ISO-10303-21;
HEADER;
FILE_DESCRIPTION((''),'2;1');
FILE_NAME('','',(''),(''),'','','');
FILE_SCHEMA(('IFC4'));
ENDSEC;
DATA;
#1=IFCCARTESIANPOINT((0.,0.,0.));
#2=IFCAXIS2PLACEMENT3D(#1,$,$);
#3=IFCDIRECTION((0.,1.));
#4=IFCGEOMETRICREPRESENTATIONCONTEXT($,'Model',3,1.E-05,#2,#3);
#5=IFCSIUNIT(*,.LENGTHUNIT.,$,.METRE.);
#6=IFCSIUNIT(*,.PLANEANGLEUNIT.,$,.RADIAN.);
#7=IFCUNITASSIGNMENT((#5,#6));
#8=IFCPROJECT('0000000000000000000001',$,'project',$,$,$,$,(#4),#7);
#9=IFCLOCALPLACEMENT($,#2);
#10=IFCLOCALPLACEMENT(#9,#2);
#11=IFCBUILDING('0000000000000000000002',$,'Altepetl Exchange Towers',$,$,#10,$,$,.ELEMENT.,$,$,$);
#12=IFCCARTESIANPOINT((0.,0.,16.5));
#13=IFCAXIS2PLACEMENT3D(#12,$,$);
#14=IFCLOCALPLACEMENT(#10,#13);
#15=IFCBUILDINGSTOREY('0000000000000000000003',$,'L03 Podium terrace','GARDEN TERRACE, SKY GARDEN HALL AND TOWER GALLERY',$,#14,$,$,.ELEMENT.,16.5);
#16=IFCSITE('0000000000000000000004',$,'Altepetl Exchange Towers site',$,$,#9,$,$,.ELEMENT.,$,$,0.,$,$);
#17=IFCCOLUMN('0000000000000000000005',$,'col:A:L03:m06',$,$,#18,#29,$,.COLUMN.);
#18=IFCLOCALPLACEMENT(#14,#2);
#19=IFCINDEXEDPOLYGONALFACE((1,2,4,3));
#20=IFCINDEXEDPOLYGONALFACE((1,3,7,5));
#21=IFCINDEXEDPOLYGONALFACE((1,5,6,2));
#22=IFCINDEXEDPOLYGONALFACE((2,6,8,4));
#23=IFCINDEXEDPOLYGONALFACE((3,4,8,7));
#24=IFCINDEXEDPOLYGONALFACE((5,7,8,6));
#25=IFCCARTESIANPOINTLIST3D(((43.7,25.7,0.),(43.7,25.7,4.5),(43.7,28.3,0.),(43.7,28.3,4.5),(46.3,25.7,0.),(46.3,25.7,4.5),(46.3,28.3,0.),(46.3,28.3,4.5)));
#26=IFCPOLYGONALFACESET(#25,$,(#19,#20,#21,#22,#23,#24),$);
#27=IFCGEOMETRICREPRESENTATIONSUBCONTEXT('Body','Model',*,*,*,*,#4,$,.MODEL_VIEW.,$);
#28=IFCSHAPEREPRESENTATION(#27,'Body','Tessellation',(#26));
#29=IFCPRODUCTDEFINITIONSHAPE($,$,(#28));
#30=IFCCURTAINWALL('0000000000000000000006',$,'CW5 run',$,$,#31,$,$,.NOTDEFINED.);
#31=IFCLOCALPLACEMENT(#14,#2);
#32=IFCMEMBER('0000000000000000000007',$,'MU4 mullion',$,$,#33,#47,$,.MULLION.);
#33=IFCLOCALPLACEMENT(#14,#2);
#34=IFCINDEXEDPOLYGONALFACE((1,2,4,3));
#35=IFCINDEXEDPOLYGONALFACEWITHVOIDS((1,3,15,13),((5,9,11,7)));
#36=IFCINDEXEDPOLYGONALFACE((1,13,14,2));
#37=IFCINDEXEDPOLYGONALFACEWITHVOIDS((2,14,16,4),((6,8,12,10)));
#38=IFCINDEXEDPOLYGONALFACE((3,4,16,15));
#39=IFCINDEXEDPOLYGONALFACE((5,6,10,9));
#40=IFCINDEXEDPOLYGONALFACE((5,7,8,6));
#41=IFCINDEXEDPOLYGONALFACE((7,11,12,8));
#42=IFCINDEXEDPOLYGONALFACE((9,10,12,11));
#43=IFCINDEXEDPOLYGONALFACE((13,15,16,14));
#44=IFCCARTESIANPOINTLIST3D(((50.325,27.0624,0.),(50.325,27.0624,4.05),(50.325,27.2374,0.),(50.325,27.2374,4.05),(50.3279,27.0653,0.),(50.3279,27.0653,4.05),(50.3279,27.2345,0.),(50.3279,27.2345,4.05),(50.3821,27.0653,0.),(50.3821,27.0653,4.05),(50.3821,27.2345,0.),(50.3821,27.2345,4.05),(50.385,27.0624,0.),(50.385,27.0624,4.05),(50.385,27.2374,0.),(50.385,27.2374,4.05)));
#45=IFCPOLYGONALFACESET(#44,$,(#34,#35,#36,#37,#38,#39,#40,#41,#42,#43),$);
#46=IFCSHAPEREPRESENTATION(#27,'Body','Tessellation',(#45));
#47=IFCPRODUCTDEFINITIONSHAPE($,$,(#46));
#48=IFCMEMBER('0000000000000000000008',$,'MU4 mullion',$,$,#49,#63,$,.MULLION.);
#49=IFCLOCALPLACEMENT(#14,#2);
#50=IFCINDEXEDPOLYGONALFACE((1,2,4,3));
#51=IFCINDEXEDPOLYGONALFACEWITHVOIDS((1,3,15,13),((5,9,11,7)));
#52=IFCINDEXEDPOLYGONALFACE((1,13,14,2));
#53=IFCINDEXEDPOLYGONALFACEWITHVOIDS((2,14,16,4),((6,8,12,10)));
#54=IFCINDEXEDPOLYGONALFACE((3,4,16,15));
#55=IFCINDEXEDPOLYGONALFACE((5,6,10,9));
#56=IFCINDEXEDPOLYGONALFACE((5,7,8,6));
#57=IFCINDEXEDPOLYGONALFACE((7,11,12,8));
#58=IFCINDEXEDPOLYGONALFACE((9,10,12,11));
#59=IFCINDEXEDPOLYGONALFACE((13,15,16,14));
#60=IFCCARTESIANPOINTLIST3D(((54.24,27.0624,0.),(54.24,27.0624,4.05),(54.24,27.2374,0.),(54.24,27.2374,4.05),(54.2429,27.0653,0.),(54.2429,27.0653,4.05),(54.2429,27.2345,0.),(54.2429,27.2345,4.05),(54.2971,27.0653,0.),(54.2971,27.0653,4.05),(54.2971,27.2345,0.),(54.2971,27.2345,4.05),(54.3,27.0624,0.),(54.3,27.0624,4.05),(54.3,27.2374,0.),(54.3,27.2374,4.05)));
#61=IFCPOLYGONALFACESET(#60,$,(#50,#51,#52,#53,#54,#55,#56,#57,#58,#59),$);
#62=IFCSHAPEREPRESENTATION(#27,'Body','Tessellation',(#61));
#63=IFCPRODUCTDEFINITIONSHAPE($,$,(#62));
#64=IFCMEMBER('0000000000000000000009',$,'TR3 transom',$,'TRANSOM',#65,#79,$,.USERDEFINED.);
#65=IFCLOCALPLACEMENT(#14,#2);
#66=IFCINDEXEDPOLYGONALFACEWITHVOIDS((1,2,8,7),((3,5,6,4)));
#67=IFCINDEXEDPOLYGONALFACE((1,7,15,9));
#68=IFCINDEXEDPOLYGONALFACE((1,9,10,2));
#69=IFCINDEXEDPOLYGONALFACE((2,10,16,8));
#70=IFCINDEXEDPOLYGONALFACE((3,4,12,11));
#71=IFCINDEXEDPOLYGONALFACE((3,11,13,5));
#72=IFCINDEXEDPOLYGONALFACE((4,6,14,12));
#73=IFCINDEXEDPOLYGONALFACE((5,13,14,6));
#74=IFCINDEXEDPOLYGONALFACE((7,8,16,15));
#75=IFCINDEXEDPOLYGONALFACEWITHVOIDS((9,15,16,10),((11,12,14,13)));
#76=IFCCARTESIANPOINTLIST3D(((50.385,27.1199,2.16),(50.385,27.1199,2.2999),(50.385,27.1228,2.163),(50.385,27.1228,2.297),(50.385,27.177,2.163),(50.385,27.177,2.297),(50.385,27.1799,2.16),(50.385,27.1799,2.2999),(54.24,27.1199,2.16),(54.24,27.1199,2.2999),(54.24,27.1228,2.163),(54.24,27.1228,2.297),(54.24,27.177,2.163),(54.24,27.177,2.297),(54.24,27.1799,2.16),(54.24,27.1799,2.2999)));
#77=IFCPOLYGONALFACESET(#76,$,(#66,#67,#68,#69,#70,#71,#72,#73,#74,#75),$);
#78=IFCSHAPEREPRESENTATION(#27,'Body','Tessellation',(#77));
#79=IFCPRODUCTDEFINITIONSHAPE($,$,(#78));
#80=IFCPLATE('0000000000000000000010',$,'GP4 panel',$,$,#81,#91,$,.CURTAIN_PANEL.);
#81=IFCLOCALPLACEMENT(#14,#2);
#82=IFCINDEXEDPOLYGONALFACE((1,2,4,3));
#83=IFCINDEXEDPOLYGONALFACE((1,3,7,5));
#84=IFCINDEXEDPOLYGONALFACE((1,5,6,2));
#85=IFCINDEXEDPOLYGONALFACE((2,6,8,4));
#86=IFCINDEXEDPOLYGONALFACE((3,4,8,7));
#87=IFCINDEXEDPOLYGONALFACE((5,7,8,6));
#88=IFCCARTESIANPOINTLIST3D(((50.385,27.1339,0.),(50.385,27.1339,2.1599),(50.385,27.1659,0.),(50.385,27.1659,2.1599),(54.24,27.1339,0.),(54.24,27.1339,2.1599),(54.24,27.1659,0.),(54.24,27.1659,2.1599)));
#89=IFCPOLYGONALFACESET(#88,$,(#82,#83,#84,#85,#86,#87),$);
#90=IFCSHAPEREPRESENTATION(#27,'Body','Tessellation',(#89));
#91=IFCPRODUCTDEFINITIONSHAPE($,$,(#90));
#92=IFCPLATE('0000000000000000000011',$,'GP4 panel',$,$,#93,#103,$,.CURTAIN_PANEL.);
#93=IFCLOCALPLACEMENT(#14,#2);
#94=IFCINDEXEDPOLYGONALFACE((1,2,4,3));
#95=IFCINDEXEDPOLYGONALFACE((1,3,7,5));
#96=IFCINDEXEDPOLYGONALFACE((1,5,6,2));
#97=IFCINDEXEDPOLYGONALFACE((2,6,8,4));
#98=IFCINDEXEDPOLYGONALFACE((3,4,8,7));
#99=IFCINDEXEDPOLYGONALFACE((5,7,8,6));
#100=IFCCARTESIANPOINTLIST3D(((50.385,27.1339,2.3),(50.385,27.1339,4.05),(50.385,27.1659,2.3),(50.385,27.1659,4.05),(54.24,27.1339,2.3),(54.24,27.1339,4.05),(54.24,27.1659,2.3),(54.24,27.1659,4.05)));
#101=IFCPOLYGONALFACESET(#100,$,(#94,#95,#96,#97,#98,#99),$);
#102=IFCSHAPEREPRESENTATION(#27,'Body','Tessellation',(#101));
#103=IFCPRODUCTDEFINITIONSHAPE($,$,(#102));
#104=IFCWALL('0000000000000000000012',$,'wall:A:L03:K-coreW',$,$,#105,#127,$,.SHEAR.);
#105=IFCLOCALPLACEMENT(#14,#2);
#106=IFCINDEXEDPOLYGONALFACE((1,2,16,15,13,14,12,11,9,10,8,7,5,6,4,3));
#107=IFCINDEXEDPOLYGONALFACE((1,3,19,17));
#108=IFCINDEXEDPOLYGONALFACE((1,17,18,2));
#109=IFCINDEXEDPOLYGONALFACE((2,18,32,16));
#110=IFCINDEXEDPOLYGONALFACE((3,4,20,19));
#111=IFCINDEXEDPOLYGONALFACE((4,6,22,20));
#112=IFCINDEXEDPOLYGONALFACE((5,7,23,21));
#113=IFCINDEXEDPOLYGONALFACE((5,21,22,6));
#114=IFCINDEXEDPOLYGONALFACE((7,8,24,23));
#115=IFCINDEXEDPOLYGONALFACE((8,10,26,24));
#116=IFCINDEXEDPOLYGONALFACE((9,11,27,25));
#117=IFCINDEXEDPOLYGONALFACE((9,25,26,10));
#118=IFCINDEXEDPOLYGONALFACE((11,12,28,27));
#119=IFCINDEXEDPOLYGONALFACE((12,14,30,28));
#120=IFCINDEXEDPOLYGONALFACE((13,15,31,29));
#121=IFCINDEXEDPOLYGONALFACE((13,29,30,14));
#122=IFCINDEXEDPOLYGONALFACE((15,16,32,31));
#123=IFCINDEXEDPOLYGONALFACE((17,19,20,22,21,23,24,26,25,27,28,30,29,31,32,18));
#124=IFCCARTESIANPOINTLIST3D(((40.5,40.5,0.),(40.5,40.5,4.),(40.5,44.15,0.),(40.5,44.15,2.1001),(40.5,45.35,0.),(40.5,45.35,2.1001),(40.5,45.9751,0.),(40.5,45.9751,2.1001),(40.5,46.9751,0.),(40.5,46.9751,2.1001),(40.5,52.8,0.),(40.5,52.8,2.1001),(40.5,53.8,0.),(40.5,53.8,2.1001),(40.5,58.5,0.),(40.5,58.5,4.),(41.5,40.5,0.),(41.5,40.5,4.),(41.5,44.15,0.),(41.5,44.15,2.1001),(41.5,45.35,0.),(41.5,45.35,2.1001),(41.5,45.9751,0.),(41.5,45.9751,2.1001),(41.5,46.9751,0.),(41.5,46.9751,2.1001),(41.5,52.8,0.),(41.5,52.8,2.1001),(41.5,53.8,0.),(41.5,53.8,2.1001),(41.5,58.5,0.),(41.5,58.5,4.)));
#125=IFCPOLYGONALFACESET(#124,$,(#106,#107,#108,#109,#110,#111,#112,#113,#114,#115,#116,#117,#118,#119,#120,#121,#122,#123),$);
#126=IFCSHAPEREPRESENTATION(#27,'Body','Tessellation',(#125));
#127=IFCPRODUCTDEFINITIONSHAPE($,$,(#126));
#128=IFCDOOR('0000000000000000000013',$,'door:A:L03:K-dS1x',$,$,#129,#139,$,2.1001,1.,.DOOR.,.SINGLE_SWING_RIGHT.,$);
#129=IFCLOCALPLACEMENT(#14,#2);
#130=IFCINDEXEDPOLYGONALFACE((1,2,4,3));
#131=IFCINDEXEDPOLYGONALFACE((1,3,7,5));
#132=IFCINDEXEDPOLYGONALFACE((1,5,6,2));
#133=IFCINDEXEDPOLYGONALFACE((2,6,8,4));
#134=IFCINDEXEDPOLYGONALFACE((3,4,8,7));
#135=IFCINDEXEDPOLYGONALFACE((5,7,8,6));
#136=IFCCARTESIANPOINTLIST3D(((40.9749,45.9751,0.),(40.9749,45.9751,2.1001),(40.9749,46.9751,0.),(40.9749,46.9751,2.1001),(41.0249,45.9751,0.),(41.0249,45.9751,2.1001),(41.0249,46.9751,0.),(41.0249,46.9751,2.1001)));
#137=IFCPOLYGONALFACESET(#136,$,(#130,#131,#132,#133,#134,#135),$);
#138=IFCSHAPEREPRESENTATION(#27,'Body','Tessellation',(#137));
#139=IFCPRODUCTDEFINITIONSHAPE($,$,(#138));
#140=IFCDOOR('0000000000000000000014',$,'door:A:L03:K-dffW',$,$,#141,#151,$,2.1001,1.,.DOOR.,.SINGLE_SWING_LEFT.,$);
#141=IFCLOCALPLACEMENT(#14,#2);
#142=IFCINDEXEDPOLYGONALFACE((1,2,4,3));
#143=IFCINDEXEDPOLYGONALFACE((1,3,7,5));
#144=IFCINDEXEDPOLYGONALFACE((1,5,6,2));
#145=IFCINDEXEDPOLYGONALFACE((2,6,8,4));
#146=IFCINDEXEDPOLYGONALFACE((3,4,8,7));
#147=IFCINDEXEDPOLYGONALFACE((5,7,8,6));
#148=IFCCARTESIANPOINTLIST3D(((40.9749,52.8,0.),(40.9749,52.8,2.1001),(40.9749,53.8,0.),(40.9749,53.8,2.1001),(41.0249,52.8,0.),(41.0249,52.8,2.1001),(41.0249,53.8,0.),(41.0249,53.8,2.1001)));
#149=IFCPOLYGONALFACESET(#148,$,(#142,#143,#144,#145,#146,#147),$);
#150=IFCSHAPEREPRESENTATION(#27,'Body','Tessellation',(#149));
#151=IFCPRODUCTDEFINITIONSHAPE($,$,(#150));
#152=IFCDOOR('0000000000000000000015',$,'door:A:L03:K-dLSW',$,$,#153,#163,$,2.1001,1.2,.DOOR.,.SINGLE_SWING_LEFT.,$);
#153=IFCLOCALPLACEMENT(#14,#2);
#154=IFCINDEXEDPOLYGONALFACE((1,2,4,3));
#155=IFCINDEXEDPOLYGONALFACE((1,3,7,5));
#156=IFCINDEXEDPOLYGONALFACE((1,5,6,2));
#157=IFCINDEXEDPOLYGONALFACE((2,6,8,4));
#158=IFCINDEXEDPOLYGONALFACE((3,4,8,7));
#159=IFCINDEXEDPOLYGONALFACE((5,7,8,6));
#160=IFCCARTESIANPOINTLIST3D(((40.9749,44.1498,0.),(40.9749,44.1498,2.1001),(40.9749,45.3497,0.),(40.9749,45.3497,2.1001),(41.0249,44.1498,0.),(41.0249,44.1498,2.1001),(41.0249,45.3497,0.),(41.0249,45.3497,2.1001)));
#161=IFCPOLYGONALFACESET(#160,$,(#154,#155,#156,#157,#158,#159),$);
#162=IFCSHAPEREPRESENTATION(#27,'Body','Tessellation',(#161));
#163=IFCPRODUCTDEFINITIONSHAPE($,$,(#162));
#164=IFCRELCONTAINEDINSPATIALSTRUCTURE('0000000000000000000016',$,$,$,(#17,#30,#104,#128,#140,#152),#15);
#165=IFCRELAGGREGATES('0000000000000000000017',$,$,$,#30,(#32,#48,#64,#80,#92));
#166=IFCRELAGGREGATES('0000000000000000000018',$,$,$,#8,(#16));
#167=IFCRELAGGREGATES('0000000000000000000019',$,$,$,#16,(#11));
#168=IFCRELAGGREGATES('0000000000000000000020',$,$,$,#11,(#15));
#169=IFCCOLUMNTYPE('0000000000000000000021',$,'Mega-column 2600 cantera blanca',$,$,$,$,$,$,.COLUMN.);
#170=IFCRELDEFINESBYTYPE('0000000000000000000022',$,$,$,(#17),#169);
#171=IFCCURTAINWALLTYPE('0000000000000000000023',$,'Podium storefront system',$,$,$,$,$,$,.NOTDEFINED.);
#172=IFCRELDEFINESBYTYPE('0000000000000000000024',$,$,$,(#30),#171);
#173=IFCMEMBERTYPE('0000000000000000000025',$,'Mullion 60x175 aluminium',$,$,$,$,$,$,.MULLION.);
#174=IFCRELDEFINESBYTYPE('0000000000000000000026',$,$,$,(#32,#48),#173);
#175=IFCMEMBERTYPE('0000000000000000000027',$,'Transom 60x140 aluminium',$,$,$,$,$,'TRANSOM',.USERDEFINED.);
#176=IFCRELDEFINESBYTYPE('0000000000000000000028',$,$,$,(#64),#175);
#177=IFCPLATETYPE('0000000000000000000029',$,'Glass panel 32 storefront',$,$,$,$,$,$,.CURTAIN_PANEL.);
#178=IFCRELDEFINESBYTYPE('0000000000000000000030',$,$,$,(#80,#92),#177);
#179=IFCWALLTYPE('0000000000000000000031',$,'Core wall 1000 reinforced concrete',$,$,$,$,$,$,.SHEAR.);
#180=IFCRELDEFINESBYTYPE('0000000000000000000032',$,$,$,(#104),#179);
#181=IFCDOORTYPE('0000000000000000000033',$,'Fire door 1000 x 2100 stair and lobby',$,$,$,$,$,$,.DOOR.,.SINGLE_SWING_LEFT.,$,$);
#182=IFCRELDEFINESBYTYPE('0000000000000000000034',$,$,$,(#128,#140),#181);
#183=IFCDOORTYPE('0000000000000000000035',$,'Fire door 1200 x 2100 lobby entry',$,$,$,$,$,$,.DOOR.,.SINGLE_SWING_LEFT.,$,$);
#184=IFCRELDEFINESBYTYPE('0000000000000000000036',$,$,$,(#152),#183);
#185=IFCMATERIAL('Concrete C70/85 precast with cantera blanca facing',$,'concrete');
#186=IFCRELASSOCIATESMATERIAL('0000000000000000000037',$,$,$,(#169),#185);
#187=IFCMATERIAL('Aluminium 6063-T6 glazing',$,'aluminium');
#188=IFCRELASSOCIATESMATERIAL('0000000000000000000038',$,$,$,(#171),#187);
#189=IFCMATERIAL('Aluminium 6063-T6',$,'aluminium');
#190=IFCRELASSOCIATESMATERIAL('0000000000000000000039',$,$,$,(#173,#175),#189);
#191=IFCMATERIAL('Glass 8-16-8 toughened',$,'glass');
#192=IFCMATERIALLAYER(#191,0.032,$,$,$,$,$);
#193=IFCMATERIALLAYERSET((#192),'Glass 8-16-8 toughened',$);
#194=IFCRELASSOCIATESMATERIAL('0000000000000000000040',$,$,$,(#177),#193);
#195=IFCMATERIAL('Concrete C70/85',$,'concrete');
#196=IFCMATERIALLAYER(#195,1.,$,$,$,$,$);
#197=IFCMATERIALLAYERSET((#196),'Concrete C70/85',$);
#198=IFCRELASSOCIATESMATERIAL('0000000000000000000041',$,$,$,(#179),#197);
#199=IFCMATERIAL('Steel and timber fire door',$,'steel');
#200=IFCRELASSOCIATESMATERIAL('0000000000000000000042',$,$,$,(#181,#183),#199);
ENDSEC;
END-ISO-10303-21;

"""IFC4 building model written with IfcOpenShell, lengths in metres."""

from ifc_helpers import new_model, si_unit, direction, frame, frame_2d, origin, origin_2d, place, context, subcontext, project, spatial, rectangle, hollow_rectangle, extrude, material, layer, layer_set, material_profile, profile_set, type_object, element, fill, aggregate, save


model = new_model("IFC4")

# Units and contexts
model_context = context("Model", 3, precision=1e-05, world=origin(), true_north=direction((0.0, 1.0)))
body_context = subcontext(model_context, "Body", "Model", "MODEL_VIEW")
ifc_project = project(units=[si_unit("LENGTHUNIT", "METRE"), si_unit("PLANEANGLEUNIT", "RADIAN")], contexts=[model_context])

# Site, building, storey
site_placement = place(None, origin())
site = spatial("IfcSite", under=ifc_project, at=site_placement, Name="Altepetl Exchange Towers site", CompositionType="ELEMENT", RefElevation=0.0)
building_placement = place(site_placement, origin())
building = spatial("IfcBuilding", under=site, at=building_placement, Name="Altepetl Exchange Towers", CompositionType="ELEMENT")
storey_placement = place(building_placement, frame((0.0, 0.0, 16.5)))
storey = spatial("IfcBuildingStorey", under=building, at=storey_placement, Name="L03 Podium terrace", Description="GARDEN TERRACE, SKY GARDEN HALL AND TOWER GALLERY", CompositionType="ELEMENT", Elevation=16.5)

# Column
ifc_material_1 = material(Name="Concrete C70/85 precast with cantera blanca facing", Category="concrete")
ifc_material_profile_1 = material_profile(ifc_material_1, rectangle(XDim=2.6001, YDim=2.6001, at=origin_2d()), Name="2600 x 2600")
ifc_profile_set_1 = profile_set([ifc_material_profile_1], Name="Concrete C70/85 precast with cantera blanca facing")
column_type = type_object("IfcColumnType", Name="Mega-column 2600 cantera blanca", PredefinedType="COLUMN", material=ifc_profile_set_1)
column_placement = place(storey_placement, frame((45.0, 27.0, 0.0)))
element("IfcColumn", 1, at=column_placement, inside=storey, type_object=column_type, Name="col:A:L03:m06", PredefinedType="COLUMN", context=body_context, shape_type="SweptSolid", body=[
    extrude(rectangle(XDim=2.6001, YDim=2.6001, at=origin_2d()), origin(), (0.0, 0.0, 1.0), 4.5),
])

# Curtain wall, members, plates
ifc_material_2 = material(Name="Aluminium 6063-T6 glazing", Category="aluminium")
curtain_wall_type = type_object("IfcCurtainWallType", Name="Podium storefront system", PredefinedType="NOTDEFINED", material=ifc_material_2)
curtain_wall_placement = place(storey_placement, origin())
curtain_wall = element("IfcCurtainWall", 2, at=curtain_wall_placement, inside=storey, type_object=curtain_wall_type, Name="CW5 run", PredefinedType="NOTDEFINED")
ifc_material_3 = material(Name="Aluminium 6063-T6", Category="aluminium")
ifc_material_profile_2 = material_profile(ifc_material_3, hollow_rectangle(XDim=0.0601, YDim=0.175, WallThickness=0.0029, at=origin_2d()), Name="Mullion 60x175 aluminium")
ifc_profile_set_2 = profile_set([ifc_material_profile_2], Name="Aluminium 6063-T6")
member_type_1 = type_object("IfcMemberType", Name="Mullion 60x175 aluminium", PredefinedType="MULLION", material=ifc_profile_set_2)
member_1_placement = place(storey_placement, frame((50.355, 27.1499, 0.0)))
member_1 = element("IfcMember", 3, at=member_1_placement, type_object=member_type_1, Name="MU4 mullion", PredefinedType="MULLION", context=body_context, shape_type="SweptSolid", body=[
    extrude(hollow_rectangle(XDim=0.0601, YDim=0.175, WallThickness=0.0029, at=origin_2d()), origin(), (0.0, 0.0, 1.0), 4.05),
])
member_2_placement = place(storey_placement, frame((54.27, 27.1499, 0.0)))
member_2 = element("IfcMember", 4, at=member_2_placement, type_object=member_type_1, Name="MU4 mullion", PredefinedType="MULLION", context=body_context, shape_type="SweptSolid", body=[
    extrude(hollow_rectangle(XDim=0.0601, YDim=0.175, WallThickness=0.0029, at=origin_2d()), origin(), (0.0, 0.0, 1.0), 4.05),
])
ifc_material_profile_3 = material_profile(ifc_material_3, hollow_rectangle(XDim=0.0601, YDim=0.1399, WallThickness=0.0029, at=origin_2d()), Name="Transom 60x140 aluminium")
ifc_profile_set_3 = profile_set([ifc_material_profile_3], Name="Aluminium 6063-T6")
member_type_2 = type_object("IfcMemberType", Name="Transom 60x140 aluminium", ElementType="TRANSOM", PredefinedType="USERDEFINED", material=ifc_profile_set_3)
member_3_placement = place(storey_placement, frame((50.385, 27.1499, 2.23), z_axis=(1.0, 0.0, 0.0), x_axis=(0.0, 1.0, 0.0)))
member_3 = element("IfcMember", 5, at=member_3_placement, type_object=member_type_2, Name="TR3 transom", ObjectType="TRANSOM", PredefinedType="USERDEFINED", context=body_context, shape_type="SweptSolid", body=[
    extrude(hollow_rectangle(XDim=0.0601, YDim=0.1399, WallThickness=0.0029, at=origin_2d()), origin(), (0.0, 0.0, 1.0), 3.855),
])
ifc_material_4 = material(Name="Glass 8-16-8 toughened", Category="glass")
ifc_layer_1 = layer(ifc_material_4, 0.032)
ifc_layer_set_1 = layer_set([ifc_layer_1], Name="Glass 8-16-8 toughened")
plate_type = type_object("IfcPlateType", Name="Glass panel 32 storefront", PredefinedType="CURTAIN_PANEL", material=ifc_layer_set_1)
plate_1_placement = place(storey_placement, frame((52.3125, 27.1499, 0.0)))
plate_1 = element("IfcPlate", 6, at=plate_1_placement, type_object=plate_type, Name="GP4 panel", PredefinedType="CURTAIN_PANEL", context=body_context, shape_type="SweptSolid", body=[
    extrude(rectangle(XDim=3.855, YDim=0.032, at=origin_2d()), origin(), (0.0, 0.0, 1.0), 2.1599),
])
plate_2_placement = place(storey_placement, frame((52.3125, 27.1499, 2.3)))
plate_2 = element("IfcPlate", 7, at=plate_2_placement, type_object=plate_type, Name="GP4 panel", PredefinedType="CURTAIN_PANEL", context=body_context, shape_type="SweptSolid", body=[
    extrude(rectangle(XDim=3.855, YDim=0.032, at=origin_2d()), origin(), (0.0, 0.0, 1.0), 1.75),
])
aggregate(curtain_wall, [member_1, member_2, member_3, plate_1, plate_2])

# Wall, openings, doors
ifc_material_5 = material(Name="Concrete C70/85", Category="concrete")
ifc_layer_2 = layer(ifc_material_5, 1.0)
ifc_layer_set_2 = layer_set([ifc_layer_2], Name="Concrete C70/85")
wall_type_1 = type_object("IfcWallType", Name="Core wall 1000 reinforced concrete", PredefinedType="SHEAR", material=ifc_layer_set_2)
wall_1_placement = place(storey_placement, frame((41.0, 40.5, 0.0), z_axis=(0.0, 0.0, 1.0), x_axis=(0.0, 1.0, 0.0)))
wall_1 = element("IfcWall", 8, at=wall_1_placement, inside=storey, type_object=wall_type_1, Name="wall:A:L03:K-coreW", PredefinedType="SHEAR", context=body_context, shape_type="SweptSolid", body=[
    extrude(rectangle(XDim=18.0, YDim=1.0, at=frame_2d((9.0, 0.0))), origin(), (0.0, 0.0, 1.0), 4.0),
])
opening_1_placement = place(wall_1_placement, frame((3.6499, 0.0, 0.0)))
opening_1 = element("IfcOpeningElement", 9, at=opening_1_placement, cuts=wall_1, PredefinedType="OPENING", context=body_context, shape_type="SweptSolid", body=[
    extrude(rectangle(XDim=1.2, YDim=2.1001, at=frame_2d((0.6001, 1.05))), frame((0.0, 0.51, 0.0), z_axis=(0.0, -1.0, 0.0), x_axis=(1.0, 0.0, 0.0)), (0.0, 0.0, 1.0), 1.02),
])
opening_2_placement = place(wall_1_placement, frame((5.4751, 0.0, 0.0)))
opening_2 = element("IfcOpeningElement", 10, at=opening_2_placement, cuts=wall_1, PredefinedType="OPENING", context=body_context, shape_type="SweptSolid", body=[
    extrude(rectangle(XDim=1.0, YDim=2.1001, at=frame_2d((0.5, 1.05))), frame((0.0, 0.51, 0.0), z_axis=(0.0, -1.0, 0.0), x_axis=(1.0, 0.0, 0.0)), (0.0, 0.0, 1.0), 1.02),
])
opening_3_placement = place(wall_1_placement, frame((12.3, 0.0, 0.0)))
opening_3 = element("IfcOpeningElement", 11, at=opening_3_placement, cuts=wall_1, PredefinedType="OPENING", context=body_context, shape_type="SweptSolid", body=[
    extrude(rectangle(XDim=1.0, YDim=2.1001, at=frame_2d((0.5, 1.05))), frame((0.0, 0.51, 0.0), z_axis=(0.0, -1.0, 0.0), x_axis=(1.0, 0.0, 0.0)), (0.0, 0.0, 1.0), 1.02),
])
ifc_material_6 = material(Name="Steel and timber fire door", Category="steel")
door_type_1 = type_object("IfcDoorType", Name="Fire door 1000 x 2100 stair and lobby", OperationType="SINGLE_SWING_LEFT", PredefinedType="DOOR", material=ifc_material_6)
door_1_placement = place(opening_2_placement, frame((1.0, 0.0, 0.0), x_axis=(-1.0, 0.0, 0.0)))
door_1 = element("IfcDoor", 12, at=door_1_placement, inside=storey, type_object=door_type_1, Name="door:A:L03:K-dS1x", OperationType="SINGLE_SWING_RIGHT", OverallHeight=2.1001, OverallWidth=1.0, PredefinedType="DOOR", context=body_context, shape_type="SweptSolid", body=[
    extrude(rectangle(XDim=1.0, YDim=2.1001, at=frame_2d((0.5, 1.05))), frame((0.0, 0.0249, 0.0), z_axis=(0.0, -1.0, 0.0), x_axis=(1.0, 0.0, 0.0)), (0.0, 0.0, 1.0), 0.05),
])
fill(opening_2, door_1)
door_2_placement = place(opening_3_placement, frame((1.0, 0.0, 0.0), x_axis=(-1.0, 0.0, 0.0)))
door_2 = element("IfcDoor", 13, at=door_2_placement, inside=storey, type_object=door_type_1, Name="door:A:L03:K-dffW", OperationType="SINGLE_SWING_LEFT", OverallHeight=2.1001, OverallWidth=1.0, PredefinedType="DOOR", context=body_context, shape_type="SweptSolid", body=[
    extrude(rectangle(XDim=1.0, YDim=2.1001, at=frame_2d((0.5, 1.05))), frame((0.0, 0.0249, 0.0), z_axis=(0.0, -1.0, 0.0), x_axis=(1.0, 0.0, 0.0)), (0.0, 0.0, 1.0), 0.05),
])
fill(opening_3, door_2)
door_type_2 = type_object("IfcDoorType", Name="Fire door 1200 x 2100 lobby entry", OperationType="SINGLE_SWING_LEFT", PredefinedType="DOOR", material=ifc_material_6)
door_3_placement = place(opening_1_placement, frame((1.2, 0.0, 0.0), x_axis=(-1.0, 0.0, 0.0)))
door_3 = element("IfcDoor", 14, at=door_3_placement, inside=storey, type_object=door_type_2, Name="door:A:L03:K-dLSW", OperationType="SINGLE_SWING_LEFT", OverallHeight=2.1001, OverallWidth=1.2, PredefinedType="DOOR", context=body_context, shape_type="SweptSolid", body=[
    extrude(rectangle(XDim=1.2, YDim=2.1001, at=frame_2d((0.6001, 1.05))), frame((0.0, 0.0249, 0.0), z_axis=(0.0, -1.0, 0.0), x_axis=(1.0, 0.0, 0.0)), (0.0, 0.0, 1.0), 0.05),
])
fill(opening_1, door_3)

save(model, "model.ifc")
